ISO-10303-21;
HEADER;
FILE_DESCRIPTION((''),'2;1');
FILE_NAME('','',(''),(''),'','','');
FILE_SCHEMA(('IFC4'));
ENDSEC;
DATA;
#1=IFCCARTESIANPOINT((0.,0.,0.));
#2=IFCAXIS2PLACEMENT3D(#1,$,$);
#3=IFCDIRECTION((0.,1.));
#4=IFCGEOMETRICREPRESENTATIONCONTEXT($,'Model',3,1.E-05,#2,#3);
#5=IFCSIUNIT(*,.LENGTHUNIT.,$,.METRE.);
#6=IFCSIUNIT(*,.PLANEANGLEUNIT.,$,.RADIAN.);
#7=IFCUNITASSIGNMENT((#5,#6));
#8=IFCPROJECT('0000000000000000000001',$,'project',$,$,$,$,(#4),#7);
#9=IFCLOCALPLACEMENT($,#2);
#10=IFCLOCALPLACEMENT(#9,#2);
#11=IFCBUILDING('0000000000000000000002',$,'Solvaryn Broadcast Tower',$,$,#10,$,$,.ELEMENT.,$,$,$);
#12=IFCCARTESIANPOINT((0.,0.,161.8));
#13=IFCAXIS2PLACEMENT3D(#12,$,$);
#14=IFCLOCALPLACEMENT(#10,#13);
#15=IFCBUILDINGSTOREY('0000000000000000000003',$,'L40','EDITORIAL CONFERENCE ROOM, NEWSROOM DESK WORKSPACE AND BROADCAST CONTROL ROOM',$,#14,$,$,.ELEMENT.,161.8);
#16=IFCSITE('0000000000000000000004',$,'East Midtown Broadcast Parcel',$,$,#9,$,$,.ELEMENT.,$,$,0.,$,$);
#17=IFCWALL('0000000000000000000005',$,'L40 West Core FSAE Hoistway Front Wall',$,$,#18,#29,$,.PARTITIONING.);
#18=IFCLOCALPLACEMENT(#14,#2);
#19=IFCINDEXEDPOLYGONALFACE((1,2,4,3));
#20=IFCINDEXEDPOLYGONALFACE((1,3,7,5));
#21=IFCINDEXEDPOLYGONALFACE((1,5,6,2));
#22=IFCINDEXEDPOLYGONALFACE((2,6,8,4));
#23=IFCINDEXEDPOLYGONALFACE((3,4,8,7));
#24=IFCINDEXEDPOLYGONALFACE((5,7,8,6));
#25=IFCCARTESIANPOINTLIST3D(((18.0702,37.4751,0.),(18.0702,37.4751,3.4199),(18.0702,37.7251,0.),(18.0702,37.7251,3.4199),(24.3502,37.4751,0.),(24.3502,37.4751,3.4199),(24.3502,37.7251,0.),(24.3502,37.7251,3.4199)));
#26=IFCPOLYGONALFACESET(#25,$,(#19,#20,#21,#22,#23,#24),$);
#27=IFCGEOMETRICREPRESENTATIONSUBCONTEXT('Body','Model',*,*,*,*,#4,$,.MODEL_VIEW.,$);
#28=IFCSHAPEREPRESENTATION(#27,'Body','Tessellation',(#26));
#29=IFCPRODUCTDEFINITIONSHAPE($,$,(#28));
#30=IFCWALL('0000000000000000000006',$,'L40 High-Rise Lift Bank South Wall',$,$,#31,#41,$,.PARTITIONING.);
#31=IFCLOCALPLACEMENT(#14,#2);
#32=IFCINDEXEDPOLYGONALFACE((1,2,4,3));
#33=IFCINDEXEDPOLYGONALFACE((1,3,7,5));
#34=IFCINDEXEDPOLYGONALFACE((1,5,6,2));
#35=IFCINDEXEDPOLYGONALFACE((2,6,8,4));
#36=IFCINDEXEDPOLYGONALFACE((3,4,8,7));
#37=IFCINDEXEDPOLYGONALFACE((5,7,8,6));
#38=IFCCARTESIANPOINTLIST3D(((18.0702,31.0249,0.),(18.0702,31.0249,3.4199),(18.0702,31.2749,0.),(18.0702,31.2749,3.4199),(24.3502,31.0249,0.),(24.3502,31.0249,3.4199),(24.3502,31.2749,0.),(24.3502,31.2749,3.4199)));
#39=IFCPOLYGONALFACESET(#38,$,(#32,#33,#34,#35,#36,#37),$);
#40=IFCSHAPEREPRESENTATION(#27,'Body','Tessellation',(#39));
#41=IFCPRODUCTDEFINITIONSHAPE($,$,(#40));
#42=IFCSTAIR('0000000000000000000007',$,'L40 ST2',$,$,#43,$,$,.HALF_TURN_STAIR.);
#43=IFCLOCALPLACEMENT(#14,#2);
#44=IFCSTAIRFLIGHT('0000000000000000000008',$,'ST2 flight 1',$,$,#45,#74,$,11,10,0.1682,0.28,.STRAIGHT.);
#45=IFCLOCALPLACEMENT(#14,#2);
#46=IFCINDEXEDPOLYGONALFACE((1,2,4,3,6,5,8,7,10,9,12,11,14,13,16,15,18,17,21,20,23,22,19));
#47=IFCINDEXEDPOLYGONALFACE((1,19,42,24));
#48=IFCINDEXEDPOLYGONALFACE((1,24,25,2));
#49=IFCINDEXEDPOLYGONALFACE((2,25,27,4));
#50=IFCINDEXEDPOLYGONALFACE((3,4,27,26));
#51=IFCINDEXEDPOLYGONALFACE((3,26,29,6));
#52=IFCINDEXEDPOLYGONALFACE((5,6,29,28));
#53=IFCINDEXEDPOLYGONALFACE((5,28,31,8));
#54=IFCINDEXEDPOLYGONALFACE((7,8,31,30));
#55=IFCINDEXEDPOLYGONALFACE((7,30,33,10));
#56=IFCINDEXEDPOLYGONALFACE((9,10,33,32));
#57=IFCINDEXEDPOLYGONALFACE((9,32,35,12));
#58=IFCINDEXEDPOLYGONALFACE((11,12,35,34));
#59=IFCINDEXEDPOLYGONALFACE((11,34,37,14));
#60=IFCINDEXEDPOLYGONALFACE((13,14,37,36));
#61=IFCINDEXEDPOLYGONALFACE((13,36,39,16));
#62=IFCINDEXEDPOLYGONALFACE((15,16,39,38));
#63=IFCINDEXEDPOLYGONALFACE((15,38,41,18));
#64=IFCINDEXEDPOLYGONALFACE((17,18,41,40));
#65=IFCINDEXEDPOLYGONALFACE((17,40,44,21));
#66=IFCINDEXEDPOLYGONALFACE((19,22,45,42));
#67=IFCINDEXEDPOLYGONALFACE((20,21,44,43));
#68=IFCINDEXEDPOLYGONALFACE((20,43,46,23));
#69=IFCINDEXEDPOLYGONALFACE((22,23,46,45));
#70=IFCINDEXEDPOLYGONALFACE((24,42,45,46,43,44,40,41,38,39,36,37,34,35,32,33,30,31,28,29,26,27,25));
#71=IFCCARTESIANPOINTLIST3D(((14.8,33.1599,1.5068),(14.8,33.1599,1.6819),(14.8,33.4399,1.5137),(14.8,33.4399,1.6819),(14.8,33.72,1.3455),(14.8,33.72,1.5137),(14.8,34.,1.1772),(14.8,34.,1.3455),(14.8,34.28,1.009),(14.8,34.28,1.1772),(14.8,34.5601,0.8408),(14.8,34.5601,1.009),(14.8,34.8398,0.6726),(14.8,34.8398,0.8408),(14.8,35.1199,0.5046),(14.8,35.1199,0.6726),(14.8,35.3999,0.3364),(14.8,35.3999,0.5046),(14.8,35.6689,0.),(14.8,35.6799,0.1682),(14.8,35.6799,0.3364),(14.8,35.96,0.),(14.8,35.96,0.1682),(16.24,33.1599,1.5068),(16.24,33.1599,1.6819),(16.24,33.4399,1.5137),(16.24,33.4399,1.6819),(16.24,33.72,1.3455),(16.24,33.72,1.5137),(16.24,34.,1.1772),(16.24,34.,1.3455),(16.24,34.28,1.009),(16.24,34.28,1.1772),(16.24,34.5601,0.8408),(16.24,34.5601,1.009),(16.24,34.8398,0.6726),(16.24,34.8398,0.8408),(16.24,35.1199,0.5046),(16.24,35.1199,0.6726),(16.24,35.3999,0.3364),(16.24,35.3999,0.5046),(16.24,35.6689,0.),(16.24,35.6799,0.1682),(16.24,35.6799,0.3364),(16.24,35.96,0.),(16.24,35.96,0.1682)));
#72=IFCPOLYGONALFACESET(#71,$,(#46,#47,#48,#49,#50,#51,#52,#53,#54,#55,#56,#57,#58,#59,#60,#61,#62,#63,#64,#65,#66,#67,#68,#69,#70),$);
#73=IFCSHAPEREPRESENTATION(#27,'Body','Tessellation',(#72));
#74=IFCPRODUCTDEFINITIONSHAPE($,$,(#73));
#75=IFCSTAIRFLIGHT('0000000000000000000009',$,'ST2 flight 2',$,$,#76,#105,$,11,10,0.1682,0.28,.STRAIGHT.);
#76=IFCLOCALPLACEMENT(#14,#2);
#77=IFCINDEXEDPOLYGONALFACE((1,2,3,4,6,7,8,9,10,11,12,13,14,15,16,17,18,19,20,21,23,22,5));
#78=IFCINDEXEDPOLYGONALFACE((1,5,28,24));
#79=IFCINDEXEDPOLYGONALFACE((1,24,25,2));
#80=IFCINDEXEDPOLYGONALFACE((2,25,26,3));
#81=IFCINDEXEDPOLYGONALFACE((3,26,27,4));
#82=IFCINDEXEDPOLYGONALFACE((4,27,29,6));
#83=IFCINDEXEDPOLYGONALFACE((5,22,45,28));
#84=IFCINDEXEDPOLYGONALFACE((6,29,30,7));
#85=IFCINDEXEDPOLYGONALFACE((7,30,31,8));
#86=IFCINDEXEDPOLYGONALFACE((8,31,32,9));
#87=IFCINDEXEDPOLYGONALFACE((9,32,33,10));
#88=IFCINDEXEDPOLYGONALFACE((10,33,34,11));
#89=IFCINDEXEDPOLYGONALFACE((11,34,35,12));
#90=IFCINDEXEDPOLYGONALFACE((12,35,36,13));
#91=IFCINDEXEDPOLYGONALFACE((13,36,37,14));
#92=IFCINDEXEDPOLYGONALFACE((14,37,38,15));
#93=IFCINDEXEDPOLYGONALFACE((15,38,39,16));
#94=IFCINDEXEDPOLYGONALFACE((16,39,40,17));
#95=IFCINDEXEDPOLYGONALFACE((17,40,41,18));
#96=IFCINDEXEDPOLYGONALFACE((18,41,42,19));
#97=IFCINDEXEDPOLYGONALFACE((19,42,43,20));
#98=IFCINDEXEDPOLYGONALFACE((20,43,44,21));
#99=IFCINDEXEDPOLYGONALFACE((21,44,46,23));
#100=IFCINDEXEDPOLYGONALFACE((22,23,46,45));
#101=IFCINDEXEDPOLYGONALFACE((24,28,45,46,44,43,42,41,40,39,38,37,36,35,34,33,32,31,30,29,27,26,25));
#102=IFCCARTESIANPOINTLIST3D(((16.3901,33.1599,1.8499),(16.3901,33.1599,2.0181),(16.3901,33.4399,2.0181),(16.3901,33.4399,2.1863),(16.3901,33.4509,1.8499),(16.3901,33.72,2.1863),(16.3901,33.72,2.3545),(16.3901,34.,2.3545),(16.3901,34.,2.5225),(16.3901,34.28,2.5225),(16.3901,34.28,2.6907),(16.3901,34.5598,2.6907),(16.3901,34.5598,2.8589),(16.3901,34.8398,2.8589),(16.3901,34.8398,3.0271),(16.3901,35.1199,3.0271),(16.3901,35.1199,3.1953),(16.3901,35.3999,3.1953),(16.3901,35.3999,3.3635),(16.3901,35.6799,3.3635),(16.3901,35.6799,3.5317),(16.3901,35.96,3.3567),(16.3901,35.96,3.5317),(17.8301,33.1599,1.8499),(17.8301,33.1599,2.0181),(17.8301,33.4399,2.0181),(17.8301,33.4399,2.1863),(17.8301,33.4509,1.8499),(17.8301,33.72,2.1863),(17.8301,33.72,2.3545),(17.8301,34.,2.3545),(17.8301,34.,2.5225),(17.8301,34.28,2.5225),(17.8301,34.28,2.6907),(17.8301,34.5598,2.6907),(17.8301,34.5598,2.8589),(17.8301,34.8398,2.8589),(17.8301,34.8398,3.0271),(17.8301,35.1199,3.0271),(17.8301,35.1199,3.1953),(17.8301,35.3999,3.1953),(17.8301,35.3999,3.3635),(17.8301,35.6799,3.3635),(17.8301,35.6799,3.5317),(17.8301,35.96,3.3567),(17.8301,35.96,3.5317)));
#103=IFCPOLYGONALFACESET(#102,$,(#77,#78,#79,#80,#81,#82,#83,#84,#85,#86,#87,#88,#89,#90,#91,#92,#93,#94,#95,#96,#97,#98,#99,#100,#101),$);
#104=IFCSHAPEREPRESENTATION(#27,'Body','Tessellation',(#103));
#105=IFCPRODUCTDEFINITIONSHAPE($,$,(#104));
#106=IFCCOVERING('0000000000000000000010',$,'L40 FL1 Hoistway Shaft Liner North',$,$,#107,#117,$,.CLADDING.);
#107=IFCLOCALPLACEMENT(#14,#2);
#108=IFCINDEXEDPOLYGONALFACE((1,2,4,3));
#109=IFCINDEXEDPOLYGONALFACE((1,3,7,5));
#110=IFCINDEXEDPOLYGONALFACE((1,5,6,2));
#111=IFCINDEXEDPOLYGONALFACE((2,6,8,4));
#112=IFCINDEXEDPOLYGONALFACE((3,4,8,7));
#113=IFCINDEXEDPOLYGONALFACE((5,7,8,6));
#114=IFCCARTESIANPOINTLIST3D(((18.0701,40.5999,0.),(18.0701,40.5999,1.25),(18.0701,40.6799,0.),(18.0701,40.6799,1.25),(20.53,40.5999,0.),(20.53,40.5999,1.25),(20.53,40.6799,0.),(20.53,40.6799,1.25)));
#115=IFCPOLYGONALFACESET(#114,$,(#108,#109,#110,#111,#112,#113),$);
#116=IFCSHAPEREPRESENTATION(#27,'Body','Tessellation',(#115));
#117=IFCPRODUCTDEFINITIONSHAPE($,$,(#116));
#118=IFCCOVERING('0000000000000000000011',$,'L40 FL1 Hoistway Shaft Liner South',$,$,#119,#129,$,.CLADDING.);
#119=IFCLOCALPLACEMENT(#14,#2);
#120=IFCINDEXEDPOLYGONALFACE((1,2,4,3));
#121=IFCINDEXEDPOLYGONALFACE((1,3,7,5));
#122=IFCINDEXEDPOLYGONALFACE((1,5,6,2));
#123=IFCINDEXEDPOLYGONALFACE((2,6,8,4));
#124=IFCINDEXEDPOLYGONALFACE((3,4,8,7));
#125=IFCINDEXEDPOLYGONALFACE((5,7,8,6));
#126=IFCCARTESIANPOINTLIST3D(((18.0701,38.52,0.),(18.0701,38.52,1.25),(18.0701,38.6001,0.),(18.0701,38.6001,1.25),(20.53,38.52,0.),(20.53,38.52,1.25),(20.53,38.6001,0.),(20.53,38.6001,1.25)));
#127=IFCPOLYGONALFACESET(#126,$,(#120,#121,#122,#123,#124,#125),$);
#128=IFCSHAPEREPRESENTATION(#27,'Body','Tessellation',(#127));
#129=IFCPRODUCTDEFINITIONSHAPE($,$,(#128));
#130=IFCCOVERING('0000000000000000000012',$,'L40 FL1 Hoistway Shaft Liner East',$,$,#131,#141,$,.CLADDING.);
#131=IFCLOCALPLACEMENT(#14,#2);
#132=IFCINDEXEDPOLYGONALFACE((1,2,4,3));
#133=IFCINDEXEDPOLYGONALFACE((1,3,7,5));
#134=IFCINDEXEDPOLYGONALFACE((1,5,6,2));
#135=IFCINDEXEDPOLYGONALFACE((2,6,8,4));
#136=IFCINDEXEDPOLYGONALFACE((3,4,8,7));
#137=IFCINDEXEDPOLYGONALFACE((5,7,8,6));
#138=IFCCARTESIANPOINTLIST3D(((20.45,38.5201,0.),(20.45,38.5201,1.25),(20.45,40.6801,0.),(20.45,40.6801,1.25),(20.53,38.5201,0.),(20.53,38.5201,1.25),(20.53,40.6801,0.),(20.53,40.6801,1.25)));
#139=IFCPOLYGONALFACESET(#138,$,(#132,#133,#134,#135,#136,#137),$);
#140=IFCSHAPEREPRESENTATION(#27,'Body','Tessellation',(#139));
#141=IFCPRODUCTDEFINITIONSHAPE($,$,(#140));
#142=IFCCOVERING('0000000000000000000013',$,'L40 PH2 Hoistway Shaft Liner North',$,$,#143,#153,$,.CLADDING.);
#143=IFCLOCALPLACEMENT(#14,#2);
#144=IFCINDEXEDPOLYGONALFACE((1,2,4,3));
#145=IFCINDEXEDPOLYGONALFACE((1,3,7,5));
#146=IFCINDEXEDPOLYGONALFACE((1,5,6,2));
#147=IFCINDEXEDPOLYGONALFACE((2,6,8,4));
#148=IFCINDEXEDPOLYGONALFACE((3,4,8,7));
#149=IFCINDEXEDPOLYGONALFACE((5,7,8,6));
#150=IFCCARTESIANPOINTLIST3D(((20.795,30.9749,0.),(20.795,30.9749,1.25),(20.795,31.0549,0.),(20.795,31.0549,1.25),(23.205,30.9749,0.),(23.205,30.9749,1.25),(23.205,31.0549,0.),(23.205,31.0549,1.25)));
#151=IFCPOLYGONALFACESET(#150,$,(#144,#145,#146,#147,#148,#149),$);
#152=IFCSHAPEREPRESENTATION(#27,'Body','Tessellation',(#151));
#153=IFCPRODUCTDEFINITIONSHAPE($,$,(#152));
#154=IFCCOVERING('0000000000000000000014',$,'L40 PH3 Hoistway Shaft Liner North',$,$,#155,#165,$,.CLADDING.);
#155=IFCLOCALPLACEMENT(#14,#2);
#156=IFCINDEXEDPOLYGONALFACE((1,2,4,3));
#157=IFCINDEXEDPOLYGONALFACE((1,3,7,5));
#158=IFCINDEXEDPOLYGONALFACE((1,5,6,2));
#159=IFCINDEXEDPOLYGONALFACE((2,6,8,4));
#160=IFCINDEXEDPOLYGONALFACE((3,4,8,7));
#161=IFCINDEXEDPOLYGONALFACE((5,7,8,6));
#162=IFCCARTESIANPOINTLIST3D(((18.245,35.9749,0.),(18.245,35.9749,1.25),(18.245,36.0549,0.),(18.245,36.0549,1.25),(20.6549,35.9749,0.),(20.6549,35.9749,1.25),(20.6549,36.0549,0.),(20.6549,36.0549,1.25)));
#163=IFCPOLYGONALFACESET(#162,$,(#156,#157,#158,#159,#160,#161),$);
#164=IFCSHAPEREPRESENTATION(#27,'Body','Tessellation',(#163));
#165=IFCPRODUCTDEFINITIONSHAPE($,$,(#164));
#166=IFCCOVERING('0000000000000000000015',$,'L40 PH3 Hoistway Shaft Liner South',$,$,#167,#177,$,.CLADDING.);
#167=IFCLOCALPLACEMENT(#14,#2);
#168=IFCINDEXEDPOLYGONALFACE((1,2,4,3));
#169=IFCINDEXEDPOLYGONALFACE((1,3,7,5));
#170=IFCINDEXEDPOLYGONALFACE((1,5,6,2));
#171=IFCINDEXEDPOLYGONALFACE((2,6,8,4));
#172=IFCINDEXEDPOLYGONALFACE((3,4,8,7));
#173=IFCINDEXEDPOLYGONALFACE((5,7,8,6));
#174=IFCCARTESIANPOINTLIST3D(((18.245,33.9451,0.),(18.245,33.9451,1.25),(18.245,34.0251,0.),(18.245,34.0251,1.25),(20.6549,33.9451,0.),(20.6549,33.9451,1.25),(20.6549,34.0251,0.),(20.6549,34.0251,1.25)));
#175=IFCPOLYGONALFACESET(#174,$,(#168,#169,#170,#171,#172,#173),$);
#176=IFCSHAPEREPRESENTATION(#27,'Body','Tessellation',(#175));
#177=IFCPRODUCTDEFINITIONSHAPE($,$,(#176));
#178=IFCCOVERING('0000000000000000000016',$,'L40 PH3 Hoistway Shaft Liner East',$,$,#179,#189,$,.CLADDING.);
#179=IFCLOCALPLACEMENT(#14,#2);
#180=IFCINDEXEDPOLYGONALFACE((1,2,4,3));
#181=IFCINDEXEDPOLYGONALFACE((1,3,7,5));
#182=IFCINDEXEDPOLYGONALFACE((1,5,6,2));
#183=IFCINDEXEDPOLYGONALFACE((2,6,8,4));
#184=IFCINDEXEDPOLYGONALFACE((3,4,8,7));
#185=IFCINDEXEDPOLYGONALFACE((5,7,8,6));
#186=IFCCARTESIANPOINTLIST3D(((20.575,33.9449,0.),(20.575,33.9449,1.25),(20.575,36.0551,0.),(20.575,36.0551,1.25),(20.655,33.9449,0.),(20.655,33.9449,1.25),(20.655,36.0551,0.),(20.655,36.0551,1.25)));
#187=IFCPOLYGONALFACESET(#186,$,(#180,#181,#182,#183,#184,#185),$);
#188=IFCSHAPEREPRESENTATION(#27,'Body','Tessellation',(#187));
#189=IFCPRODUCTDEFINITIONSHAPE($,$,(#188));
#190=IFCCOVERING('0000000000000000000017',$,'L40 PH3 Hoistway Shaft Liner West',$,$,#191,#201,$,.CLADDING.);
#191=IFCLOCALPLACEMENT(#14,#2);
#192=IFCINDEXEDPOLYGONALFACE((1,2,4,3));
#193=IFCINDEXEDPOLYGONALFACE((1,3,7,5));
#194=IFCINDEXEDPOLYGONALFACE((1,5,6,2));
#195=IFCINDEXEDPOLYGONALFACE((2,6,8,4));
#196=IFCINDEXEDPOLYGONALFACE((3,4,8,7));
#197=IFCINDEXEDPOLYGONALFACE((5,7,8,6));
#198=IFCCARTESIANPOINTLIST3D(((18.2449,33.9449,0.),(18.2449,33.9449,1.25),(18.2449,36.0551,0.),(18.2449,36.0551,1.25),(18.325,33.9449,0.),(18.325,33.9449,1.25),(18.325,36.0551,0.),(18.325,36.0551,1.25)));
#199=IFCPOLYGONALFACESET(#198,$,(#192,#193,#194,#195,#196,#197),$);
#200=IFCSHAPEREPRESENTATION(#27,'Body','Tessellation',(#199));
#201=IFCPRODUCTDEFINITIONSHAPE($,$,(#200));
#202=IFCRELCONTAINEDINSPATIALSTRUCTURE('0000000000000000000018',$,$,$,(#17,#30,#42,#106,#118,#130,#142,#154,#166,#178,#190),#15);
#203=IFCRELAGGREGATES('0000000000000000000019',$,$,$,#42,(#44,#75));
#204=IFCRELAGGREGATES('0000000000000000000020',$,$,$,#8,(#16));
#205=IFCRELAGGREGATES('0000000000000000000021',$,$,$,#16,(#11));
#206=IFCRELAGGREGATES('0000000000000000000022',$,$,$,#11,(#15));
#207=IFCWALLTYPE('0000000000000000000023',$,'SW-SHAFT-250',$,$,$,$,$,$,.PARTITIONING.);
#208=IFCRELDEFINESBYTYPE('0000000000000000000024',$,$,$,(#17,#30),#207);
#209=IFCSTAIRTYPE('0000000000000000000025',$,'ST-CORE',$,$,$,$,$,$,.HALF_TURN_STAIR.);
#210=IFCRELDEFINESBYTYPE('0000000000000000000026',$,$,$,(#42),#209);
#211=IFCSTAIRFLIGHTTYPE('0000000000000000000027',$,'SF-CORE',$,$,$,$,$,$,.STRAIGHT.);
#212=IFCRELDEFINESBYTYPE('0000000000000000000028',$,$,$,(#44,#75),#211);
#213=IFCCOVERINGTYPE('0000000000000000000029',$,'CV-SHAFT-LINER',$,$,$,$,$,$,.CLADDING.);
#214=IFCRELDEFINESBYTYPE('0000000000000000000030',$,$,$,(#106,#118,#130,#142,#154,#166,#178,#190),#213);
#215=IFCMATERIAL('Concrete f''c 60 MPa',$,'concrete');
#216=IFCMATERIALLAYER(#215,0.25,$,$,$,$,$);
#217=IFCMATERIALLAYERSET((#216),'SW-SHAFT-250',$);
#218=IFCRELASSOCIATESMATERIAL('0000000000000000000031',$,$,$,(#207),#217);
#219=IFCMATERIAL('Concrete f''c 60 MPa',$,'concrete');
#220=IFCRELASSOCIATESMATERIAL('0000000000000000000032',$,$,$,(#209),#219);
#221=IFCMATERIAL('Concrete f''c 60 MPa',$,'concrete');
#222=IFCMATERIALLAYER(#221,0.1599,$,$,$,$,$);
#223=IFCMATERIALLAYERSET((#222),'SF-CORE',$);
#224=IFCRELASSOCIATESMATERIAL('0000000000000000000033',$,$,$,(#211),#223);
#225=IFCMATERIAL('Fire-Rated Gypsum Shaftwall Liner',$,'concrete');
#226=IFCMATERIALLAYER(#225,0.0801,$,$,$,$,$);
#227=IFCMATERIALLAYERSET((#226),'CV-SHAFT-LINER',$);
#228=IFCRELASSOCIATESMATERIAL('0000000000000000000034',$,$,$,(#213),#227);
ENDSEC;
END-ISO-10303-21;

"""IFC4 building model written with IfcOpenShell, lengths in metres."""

from ifc_helpers import new_model, si_unit, direction, frame, frame_2d, origin, origin_2d, place, context, subcontext, project, spatial, polyline, rectangle, outline, extrude, material, layer, layer_set, type_object, element, aggregate, save


model = new_model("IFC4")

# Units and contexts
model_context = context("Model", 3, precision=1e-05, world=origin(), true_north=direction((0.0, 1.0)))
body_context = subcontext(model_context, "Body", "Model", "MODEL_VIEW")
ifc_project = project(units=[si_unit("LENGTHUNIT", "METRE"), si_unit("PLANEANGLEUNIT", "RADIAN")], contexts=[model_context])

# Site, building, storey
site_placement = place(None, origin())
site = spatial("IfcSite", under=ifc_project, at=site_placement, Name="East Midtown Broadcast Parcel", CompositionType="ELEMENT", RefElevation=0.0)
building_placement = place(site_placement, origin())
building = spatial("IfcBuilding", under=site, at=building_placement, Name="Solvaryn Broadcast Tower", CompositionType="ELEMENT")
storey_placement = place(building_placement, frame((0.0, 0.0, 161.8)))
storey = spatial("IfcBuildingStorey", under=building, at=storey_placement, Name="L40", Description="EDITORIAL CONFERENCE ROOM, NEWSROOM DESK WORKSPACE AND BROADCAST CONTROL ROOM", CompositionType="ELEMENT", Elevation=161.8)

# Walls
ifc_material_1 = material(Name="Concrete f'c 60 MPa", Category="concrete")
ifc_layer_1 = layer(ifc_material_1, 0.25)
ifc_layer_set_1 = layer_set([ifc_layer_1], Name="SW-SHAFT-250")
wall_type_1 = type_object("IfcWallType", Name="SW-SHAFT-250", PredefinedType="PARTITIONING", material=ifc_layer_set_1)
for number, where, z_axis, x_axis, name in (
    (1, (18.0701, 37.6001, 0.0), (0.0, 0.0, 1.0), (1.0, 0.0, 0.0), "L40 West Core FSAE Hoistway Front Wall"),
    (2, (18.0701, 31.1499, 0.0), (0.0, 0.0, 1.0), (1.0, 0.0, 0.0), "L40 High-Rise Lift Bank South Wall"),
):
    element("IfcWall", number, at=place(storey_placement, frame(where, z_axis=z_axis, x_axis=x_axis)), inside=storey, type_object=wall_type_1, Name=name, PredefinedType="PARTITIONING", context=body_context, shape_type="SweptSolid", body=[
        extrude(rectangle(XDim=6.28, YDim=0.25, at=frame_2d((3.1401, 0.0))), origin(), (0.0, 0.0, 1.0), 3.4199),
    ])

# Stair, stair flights
ifc_material_2 = material(Name="Concrete f'c 60 MPa", Category="concrete")
stair_type = type_object("IfcStairType", Name="ST-CORE", PredefinedType="HALF_TURN_STAIR", material=ifc_material_2)
stair_placement = place(storey_placement, origin())
stair = element("IfcStair", 3, at=stair_placement, inside=storey, type_object=stair_type, Name="L40 ST2", PredefinedType="HALF_TURN_STAIR")
ifc_material_3 = material(Name="Concrete f'c 60 MPa", Category="concrete")
ifc_layer_2 = layer(ifc_material_3, 0.1599)
ifc_layer_set_2 = layer_set([ifc_layer_2], Name="SF-CORE")
stair_flight_type = type_object("IfcStairFlightType", Name="SF-CORE", PredefinedType="STRAIGHT", material=ifc_layer_set_2)
stair_flight_1_placement = place(storey_placement, frame((15.52, 35.96, 0.0), z_axis=(0.0, 0.0, 1.0), x_axis=(0.0, -1.0, 0.0)))
stair_flight_1 = element("IfcStairFlight", 4, at=stair_flight_1_placement, type_object=stair_flight_type, Name="ST2 flight 1", NumberOfRisers=11, NumberOfTreads=10, PredefinedType="STRAIGHT", RiserHeight=0.1682, TreadLength=0.28, context=body_context, shape_type="SweptSolid", body=[
    extrude(outline(polyline([(0.0, 0.0), (0.0, 0.1682), (0.28, 0.1682), (0.28, 0.3364), (0.5601, 0.3364), (0.5601, 0.5046), (0.8401, 0.5046), (0.8401, 0.6726), (1.1201, 0.6726), (1.1201, 0.8408), (1.3999, 0.8408), (1.3999, 1.009), (1.6799, 1.009), (1.6799, 1.1772), (1.96, 1.1772), (1.96, 1.3455), (2.24, 1.3455), (2.24, 1.5137), (2.52, 1.5137), (2.52, 1.6819), (2.8, 1.6819), (2.8, 1.8501), (2.8, 1.5068), (0.291, 0.0), (0.0, 0.0)])), frame((0.0, 0.72, 0.0), z_axis=(0.0, -1.0, 0.0), x_axis=(1.0, 0.0, 0.0)), (0.0, 0.0, 1.0), 1.4399),
])
stair_flight_2_placement = place(storey_placement, frame((17.1101, 33.1599, 1.8499), z_axis=(0.0, 0.0, 1.0), x_axis=(0.0, 1.0, 0.0)))
stair_flight_2 = element("IfcStairFlight", 5, at=stair_flight_2_placement, type_object=stair_flight_type, Name="ST2 flight 2", NumberOfRisers=11, NumberOfTreads=10, PredefinedType="STRAIGHT", RiserHeight=0.1682, TreadLength=0.28, context=body_context, shape_type="SweptSolid", body=[
    extrude(outline(polyline([(0.0, 0.0), (0.0, 0.1682), (0.28, 0.1682), (0.28, 0.3364), (0.5601, 0.3364), (0.5601, 0.5046), (0.8401, 0.5046), (0.8401, 0.6726), (1.1201, 0.6726), (1.1201, 0.8408), (1.3999, 0.8408), (1.3999, 1.009), (1.6799, 1.009), (1.6799, 1.1772), (1.96, 1.1772), (1.96, 1.3455), (2.24, 1.3455), (2.24, 1.5137), (2.52, 1.5137), (2.52, 1.6819), (2.8, 1.6819), (2.8, 1.8501), (2.8, 1.5068), (0.291, 0.0), (0.0, 0.0)])), frame((0.0, 0.72, 0.0), z_axis=(0.0, -1.0, 0.0), x_axis=(1.0, 0.0, 0.0)), (0.0, 0.0, 1.0), 1.4399),
])
aggregate(stair, [stair_flight_1, stair_flight_2])

# Coverings
ifc_material_4 = material(Name="Fire-Rated Gypsum Shaftwall Liner", Category="concrete")
ifc_layer_3 = layer(ifc_material_4, 0.0801)
ifc_layer_set_3 = layer_set([ifc_layer_3], Name="CV-SHAFT-LINER")
covering_type = type_object("IfcCoveringType", Name="CV-SHAFT-LINER", PredefinedType="CLADDING", material=ifc_layer_set_3)
for number, where, z_axis, x_axis, name in (
    (6, (19.3, 40.6399, 0.0), (0.0, 0.0, 1.0), (1.0, 0.0, 0.0), "L40 FL1 Hoistway Shaft Liner North"),
    (7, (19.3, 38.5601, 0.0), (0.0, 0.0, 1.0), (1.0, 0.0, 0.0), "L40 FL1 Hoistway Shaft Liner South"),
):
    element("IfcCovering", number, at=place(storey_placement, frame(where, z_axis=z_axis, x_axis=x_axis)), inside=storey, type_object=covering_type, Name=name, PredefinedType="CLADDING", context=body_context, shape_type="SweptSolid", body=[
        extrude(rectangle(XDim=2.46, YDim=0.0801, at=origin_2d()), origin(), (0.0, 0.0, 1.0), 1.25),
    ])
covering_1_placement = place(storey_placement, frame((20.49, 39.6001, 0.0), z_axis=(0.0, 0.0, 1.0), x_axis=(1.0, 0.0, 0.0)))
element("IfcCovering", 8, at=covering_1_placement, inside=storey, type_object=covering_type, Name="L40 FL1 Hoistway Shaft Liner East", PredefinedType="CLADDING", context=body_context, shape_type="SweptSolid", body=[
    extrude(rectangle(XDim=0.0801, YDim=2.1599, at=origin_2d()), origin(), (0.0, 0.0, 1.0), 1.25),
])
for number, where, z_axis, x_axis, name in (
    (9, (22.0, 31.0149, 0.0), (0.0, 0.0, 1.0), (1.0, 0.0, 0.0), "L40 PH2 Hoistway Shaft Liner North"),
    (10, (19.45, 36.0149, 0.0), (0.0, 0.0, 1.0), (1.0, 0.0, 0.0), "L40 PH3 Hoistway Shaft Liner North"),
    (11, (19.45, 33.9851, 0.0), (0.0, 0.0, 1.0), (1.0, 0.0, 0.0), "L40 PH3 Hoistway Shaft Liner South"),
):
    element("IfcCovering", number, at=place(storey_placement, frame(where, z_axis=z_axis, x_axis=x_axis)), inside=storey, type_object=covering_type, Name=name, PredefinedType="CLADDING", context=body_context, shape_type="SweptSolid", body=[
        extrude(rectangle(XDim=2.4099, YDim=0.0801, at=origin_2d()), origin(), (0.0, 0.0, 1.0), 1.25),
    ])
for number, where, z_axis, x_axis, name in (
    (12, (20.615, 35.0, 0.0), (0.0, 0.0, 1.0), (1.0, 0.0, 0.0), "L40 PH3 Hoistway Shaft Liner East"),
    (13, (18.2849, 35.0, 0.0), (0.0, 0.0, 1.0), (1.0, 0.0, 0.0), "L40 PH3 Hoistway Shaft Liner West"),
):
    element("IfcCovering", number, at=place(storey_placement, frame(where, z_axis=z_axis, x_axis=x_axis)), inside=storey, type_object=covering_type, Name=name, PredefinedType="CLADDING", context=body_context, shape_type="SweptSolid", body=[
        extrude(rectangle(XDim=0.0801, YDim=2.1101, at=origin_2d()), origin(), (0.0, 0.0, 1.0), 1.25),
    ])

save(model, "model.ifc")
